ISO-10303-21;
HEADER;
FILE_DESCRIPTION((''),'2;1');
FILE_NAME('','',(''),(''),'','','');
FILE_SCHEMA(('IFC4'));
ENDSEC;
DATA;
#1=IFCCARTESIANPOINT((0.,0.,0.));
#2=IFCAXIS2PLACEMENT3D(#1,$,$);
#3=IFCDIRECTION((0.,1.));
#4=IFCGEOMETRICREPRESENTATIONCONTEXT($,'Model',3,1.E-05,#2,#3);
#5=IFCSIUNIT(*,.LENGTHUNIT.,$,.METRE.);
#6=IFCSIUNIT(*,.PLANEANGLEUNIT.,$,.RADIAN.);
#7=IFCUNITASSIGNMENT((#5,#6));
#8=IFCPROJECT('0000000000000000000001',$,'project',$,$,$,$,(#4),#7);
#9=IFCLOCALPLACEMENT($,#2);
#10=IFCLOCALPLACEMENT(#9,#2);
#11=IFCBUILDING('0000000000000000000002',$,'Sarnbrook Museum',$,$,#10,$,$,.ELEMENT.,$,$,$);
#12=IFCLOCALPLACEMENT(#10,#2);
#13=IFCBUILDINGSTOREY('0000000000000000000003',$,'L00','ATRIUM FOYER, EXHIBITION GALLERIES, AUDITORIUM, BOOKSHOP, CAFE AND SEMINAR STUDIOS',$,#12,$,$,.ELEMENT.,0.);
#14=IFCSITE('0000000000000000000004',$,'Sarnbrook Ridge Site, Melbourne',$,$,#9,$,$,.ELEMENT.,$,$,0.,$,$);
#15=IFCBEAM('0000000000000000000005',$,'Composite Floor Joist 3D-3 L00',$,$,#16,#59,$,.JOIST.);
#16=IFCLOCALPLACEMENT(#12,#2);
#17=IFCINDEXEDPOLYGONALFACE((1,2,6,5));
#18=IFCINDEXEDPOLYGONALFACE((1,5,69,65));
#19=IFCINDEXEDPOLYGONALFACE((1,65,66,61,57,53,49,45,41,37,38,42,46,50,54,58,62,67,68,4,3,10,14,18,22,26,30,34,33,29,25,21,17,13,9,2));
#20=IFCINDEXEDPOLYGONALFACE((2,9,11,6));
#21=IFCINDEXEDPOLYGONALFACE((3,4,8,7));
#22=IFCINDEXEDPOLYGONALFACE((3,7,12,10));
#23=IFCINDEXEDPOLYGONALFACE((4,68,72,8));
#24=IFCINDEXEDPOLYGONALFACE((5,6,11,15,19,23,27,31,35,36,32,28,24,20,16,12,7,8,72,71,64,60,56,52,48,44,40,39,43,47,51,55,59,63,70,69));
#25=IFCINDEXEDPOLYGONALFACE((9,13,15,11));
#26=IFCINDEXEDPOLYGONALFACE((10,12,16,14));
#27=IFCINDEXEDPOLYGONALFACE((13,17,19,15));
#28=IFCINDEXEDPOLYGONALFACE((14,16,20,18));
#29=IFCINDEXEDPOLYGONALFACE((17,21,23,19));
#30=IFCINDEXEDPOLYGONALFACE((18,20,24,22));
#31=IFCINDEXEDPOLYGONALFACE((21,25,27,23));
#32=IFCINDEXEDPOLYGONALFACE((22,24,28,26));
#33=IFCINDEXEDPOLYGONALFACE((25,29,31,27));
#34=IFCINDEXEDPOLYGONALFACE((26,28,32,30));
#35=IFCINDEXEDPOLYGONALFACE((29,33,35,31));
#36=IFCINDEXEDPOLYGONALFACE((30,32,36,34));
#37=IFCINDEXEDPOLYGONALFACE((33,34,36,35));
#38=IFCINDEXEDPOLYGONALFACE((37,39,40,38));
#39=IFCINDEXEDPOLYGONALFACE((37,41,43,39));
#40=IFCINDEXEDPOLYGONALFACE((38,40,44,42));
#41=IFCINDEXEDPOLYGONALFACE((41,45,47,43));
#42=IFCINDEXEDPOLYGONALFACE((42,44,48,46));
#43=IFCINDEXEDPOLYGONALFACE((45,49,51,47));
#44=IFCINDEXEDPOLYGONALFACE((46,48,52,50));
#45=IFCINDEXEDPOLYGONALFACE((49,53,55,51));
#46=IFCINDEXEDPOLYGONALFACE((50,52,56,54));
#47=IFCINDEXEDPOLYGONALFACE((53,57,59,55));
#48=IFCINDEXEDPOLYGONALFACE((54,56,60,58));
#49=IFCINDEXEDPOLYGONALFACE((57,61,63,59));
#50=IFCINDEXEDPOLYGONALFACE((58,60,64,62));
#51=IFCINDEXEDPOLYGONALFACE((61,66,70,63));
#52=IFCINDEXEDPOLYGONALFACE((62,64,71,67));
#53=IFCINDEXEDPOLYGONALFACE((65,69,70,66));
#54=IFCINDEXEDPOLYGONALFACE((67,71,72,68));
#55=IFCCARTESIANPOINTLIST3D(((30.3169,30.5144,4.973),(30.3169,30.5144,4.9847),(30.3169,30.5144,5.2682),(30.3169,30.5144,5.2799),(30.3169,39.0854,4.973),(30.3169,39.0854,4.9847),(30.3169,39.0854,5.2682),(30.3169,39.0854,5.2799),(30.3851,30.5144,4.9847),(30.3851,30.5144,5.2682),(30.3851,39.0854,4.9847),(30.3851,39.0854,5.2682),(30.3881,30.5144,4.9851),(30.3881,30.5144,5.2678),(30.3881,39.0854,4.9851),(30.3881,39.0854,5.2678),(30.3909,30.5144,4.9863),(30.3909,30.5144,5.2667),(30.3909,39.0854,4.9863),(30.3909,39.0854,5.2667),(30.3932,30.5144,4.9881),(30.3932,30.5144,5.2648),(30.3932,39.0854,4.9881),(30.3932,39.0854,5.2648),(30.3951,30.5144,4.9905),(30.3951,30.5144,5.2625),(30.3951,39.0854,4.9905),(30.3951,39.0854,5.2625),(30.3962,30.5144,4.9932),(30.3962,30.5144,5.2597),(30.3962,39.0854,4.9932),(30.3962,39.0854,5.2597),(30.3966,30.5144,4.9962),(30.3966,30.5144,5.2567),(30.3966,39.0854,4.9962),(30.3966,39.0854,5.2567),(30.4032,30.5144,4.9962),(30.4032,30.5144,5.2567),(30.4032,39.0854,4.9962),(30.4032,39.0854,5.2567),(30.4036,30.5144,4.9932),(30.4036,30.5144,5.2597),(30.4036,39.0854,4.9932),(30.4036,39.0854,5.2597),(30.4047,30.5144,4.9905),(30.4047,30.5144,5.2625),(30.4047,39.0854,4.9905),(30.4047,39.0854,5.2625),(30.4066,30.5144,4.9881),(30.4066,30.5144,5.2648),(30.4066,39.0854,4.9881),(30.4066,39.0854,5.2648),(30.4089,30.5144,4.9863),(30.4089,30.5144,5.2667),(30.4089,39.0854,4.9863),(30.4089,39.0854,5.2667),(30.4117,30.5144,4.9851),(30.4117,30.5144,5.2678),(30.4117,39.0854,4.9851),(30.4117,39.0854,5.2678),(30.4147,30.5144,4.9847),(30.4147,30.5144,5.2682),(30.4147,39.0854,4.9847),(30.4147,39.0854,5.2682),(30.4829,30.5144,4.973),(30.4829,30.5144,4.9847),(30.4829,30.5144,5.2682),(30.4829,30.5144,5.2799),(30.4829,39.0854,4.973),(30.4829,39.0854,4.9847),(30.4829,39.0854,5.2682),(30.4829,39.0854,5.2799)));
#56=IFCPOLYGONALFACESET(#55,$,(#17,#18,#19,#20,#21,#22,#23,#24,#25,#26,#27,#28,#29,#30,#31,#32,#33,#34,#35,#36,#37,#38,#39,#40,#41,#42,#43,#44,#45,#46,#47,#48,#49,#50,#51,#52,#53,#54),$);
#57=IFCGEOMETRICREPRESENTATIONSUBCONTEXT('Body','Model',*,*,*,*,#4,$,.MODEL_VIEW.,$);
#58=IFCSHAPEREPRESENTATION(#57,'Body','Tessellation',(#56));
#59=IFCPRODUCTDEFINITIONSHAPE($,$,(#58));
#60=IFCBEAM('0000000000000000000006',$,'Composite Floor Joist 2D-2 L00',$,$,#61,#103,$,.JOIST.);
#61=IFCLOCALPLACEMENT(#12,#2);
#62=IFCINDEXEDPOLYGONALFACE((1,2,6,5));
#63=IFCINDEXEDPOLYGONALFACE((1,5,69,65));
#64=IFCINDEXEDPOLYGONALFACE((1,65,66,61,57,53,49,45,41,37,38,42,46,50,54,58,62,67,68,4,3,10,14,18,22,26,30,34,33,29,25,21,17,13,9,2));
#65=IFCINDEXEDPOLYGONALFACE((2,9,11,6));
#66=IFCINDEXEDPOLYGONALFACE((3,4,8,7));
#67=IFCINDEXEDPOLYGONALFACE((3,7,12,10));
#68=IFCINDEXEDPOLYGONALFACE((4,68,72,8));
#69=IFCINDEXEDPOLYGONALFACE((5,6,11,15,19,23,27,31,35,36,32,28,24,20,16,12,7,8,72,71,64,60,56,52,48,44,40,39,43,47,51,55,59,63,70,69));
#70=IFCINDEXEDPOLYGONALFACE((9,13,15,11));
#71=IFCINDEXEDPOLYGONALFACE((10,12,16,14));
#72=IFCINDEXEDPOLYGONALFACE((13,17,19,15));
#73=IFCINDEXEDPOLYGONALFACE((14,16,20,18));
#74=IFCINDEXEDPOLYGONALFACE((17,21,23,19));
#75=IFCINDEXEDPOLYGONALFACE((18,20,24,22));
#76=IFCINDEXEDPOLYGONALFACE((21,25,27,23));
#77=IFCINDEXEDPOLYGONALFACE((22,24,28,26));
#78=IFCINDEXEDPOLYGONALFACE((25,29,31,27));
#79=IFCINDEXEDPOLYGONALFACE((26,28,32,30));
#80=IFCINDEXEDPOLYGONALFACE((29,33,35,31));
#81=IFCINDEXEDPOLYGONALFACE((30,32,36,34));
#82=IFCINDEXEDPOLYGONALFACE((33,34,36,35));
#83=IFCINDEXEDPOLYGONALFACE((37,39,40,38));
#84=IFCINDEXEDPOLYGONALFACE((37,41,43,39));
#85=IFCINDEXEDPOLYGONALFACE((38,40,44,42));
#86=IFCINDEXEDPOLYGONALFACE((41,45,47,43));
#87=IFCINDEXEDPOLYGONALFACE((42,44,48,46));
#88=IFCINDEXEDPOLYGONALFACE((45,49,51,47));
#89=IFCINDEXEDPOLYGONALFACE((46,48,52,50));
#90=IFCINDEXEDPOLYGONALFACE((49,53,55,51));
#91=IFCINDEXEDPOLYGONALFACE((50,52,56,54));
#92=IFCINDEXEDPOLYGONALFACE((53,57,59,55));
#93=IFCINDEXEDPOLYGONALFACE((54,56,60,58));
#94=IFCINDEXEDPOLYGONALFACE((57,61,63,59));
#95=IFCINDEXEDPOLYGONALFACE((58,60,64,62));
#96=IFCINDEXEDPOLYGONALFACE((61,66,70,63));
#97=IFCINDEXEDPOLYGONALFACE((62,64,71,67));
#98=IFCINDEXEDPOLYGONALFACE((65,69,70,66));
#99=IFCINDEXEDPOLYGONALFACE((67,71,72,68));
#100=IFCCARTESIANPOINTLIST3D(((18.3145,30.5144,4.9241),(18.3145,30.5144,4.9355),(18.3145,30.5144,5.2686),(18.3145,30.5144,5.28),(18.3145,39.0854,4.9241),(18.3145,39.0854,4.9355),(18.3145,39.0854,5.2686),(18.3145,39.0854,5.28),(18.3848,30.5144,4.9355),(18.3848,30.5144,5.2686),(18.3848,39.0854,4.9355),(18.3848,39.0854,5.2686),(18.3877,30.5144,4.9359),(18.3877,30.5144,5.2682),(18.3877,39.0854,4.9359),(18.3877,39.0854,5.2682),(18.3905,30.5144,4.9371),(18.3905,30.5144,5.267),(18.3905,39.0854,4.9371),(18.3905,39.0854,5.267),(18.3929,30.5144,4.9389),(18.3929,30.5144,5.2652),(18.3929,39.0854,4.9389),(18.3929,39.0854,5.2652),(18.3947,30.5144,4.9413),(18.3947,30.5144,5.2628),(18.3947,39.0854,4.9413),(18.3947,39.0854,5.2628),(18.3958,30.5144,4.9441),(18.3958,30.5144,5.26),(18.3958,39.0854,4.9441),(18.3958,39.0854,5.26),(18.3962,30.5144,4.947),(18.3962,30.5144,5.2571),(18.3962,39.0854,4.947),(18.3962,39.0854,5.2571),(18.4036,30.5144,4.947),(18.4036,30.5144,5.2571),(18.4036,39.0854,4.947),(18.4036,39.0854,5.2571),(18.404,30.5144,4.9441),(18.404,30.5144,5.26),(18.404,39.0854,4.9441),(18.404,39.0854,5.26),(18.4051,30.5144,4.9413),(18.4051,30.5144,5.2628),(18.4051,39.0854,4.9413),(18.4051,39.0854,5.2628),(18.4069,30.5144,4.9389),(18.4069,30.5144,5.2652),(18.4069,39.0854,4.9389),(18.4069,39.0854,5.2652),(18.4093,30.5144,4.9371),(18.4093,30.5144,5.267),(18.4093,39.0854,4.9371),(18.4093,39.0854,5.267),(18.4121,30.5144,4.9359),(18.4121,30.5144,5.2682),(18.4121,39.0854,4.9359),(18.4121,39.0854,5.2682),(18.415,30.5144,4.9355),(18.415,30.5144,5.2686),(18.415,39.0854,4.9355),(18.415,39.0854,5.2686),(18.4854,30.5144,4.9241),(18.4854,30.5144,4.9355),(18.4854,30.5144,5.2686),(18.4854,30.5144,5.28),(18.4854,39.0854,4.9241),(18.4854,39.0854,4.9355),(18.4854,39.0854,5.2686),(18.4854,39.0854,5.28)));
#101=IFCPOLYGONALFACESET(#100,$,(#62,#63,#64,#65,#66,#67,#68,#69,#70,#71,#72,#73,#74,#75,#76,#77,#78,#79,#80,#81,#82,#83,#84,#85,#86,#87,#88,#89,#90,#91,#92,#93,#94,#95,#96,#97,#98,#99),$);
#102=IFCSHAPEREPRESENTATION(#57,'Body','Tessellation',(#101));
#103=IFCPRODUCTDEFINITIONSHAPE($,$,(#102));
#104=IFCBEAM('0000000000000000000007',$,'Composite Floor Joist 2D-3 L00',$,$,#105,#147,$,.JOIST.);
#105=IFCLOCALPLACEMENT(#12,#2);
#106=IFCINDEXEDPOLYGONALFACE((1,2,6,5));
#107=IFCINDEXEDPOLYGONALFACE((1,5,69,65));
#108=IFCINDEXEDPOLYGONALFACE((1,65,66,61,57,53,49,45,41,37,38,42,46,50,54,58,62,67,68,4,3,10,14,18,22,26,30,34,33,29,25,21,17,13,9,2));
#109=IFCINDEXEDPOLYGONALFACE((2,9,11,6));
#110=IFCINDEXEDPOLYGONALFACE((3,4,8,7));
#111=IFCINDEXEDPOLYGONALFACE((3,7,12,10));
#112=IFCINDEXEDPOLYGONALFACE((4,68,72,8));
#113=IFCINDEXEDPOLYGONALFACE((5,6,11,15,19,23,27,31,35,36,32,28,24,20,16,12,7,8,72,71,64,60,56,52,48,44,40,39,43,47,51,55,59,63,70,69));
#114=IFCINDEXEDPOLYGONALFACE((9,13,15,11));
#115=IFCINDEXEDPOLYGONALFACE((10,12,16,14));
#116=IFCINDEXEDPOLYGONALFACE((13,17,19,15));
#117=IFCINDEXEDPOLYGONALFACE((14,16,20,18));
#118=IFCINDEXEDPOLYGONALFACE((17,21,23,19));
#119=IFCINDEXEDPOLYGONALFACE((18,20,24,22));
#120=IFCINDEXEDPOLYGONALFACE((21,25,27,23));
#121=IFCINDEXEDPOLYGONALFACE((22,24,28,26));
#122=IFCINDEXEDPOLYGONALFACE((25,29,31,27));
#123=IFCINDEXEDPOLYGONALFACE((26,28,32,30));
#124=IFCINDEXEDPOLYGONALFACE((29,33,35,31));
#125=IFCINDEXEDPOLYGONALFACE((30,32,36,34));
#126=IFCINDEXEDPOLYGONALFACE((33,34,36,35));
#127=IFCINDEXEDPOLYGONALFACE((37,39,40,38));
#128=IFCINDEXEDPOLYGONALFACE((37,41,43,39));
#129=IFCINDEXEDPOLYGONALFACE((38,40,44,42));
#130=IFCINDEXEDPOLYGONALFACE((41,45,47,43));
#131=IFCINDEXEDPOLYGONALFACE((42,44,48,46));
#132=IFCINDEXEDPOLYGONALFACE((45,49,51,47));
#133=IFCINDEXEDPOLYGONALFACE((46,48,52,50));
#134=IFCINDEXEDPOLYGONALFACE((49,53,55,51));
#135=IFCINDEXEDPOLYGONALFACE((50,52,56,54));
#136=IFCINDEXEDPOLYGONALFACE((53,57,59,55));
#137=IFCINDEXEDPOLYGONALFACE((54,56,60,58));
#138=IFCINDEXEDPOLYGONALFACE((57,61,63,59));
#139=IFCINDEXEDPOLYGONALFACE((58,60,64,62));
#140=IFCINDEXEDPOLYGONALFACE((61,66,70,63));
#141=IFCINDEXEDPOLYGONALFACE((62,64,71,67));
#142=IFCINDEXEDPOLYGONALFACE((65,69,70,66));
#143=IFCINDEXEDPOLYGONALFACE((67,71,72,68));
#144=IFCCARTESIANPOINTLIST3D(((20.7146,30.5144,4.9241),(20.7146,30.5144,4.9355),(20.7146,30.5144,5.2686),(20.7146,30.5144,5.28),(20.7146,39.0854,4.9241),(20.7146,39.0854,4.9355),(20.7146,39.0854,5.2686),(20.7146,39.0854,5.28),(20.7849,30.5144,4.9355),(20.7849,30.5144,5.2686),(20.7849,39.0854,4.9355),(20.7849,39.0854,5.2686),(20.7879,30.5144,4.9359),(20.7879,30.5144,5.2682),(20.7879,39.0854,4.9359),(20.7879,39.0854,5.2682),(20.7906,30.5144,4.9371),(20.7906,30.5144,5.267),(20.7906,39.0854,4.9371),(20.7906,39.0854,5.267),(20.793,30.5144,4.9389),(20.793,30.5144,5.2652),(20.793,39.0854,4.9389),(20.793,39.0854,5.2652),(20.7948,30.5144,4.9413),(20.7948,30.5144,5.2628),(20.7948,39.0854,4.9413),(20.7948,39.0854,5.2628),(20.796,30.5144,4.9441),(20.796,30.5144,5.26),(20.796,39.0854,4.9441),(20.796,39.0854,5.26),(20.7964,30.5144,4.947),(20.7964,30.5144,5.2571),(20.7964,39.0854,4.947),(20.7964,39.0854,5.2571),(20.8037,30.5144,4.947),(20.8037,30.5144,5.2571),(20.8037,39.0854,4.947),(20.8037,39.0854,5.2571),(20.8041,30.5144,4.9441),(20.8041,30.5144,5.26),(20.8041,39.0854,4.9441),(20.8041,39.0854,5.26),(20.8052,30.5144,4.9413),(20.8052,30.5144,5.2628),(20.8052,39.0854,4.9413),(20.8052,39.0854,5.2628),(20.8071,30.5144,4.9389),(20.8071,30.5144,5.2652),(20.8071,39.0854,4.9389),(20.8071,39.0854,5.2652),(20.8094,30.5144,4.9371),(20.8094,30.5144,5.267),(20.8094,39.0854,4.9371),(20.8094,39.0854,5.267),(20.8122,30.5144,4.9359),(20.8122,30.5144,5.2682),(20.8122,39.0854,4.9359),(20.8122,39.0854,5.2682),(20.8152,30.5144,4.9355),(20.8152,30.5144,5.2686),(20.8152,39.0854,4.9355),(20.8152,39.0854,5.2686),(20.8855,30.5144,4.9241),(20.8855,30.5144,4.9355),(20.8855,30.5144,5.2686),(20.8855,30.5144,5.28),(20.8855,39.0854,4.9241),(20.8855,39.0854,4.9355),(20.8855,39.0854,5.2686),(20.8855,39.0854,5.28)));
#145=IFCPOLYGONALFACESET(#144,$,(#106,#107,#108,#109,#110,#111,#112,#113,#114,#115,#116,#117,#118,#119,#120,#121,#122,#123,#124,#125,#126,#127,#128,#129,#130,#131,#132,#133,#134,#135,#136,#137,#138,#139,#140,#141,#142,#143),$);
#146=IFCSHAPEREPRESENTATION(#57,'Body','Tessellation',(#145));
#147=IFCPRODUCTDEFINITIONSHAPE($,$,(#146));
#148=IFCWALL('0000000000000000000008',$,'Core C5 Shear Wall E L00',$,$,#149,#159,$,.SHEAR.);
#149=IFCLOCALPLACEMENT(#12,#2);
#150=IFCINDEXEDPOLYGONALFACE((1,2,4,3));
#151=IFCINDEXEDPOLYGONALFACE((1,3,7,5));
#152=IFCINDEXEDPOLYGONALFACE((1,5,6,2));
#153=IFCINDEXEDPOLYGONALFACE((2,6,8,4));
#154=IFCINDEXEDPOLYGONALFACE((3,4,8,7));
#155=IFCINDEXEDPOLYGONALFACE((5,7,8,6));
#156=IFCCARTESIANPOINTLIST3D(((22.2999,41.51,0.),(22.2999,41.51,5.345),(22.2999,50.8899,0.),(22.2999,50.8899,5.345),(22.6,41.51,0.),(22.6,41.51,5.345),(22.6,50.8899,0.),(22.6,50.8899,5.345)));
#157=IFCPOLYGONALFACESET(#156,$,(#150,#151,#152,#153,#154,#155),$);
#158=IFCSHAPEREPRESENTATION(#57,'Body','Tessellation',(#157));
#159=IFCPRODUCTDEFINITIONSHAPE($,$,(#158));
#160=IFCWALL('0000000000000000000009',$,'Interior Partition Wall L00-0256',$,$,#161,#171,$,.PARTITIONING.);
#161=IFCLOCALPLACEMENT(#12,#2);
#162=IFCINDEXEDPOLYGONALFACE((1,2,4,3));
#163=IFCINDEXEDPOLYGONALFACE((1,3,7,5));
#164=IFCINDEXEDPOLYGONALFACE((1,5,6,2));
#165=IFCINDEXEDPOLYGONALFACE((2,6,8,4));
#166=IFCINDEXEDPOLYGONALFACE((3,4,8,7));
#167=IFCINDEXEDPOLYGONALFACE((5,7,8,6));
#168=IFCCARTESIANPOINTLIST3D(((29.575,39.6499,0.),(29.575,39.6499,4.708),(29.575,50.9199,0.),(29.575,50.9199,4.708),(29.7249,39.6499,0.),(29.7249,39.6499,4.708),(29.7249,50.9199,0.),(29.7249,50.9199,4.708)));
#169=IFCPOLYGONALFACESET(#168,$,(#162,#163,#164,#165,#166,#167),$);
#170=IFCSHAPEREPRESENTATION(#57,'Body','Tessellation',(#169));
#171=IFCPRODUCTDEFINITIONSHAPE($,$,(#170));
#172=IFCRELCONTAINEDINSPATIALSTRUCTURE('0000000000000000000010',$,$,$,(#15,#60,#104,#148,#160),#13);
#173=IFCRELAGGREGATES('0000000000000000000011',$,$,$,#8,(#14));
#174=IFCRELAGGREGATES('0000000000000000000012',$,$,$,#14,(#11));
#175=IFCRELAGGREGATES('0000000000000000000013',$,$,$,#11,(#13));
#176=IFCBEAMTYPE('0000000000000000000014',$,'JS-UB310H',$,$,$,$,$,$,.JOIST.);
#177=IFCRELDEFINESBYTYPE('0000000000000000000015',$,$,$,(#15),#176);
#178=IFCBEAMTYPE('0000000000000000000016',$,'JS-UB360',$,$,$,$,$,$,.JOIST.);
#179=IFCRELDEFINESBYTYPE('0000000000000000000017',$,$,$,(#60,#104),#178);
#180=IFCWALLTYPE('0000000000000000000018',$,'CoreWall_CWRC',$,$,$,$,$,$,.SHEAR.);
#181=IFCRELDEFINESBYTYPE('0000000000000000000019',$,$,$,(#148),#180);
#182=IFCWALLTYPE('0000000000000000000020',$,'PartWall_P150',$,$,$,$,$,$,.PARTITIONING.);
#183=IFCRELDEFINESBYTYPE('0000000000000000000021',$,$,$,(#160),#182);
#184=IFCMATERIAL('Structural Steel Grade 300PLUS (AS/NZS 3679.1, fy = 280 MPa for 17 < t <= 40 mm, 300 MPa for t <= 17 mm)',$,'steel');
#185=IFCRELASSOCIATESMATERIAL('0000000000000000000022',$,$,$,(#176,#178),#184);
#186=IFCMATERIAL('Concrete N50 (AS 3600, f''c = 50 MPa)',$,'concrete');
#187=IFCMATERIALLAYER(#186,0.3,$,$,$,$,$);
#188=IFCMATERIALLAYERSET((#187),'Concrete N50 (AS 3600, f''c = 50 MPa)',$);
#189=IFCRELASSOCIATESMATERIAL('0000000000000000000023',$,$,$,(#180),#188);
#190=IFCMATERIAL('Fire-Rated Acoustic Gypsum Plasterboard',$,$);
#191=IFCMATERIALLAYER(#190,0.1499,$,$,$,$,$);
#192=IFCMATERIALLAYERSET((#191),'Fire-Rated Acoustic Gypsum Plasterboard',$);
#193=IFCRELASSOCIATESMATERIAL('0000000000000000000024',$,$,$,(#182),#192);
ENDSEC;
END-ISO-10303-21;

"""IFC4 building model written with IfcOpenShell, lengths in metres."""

from ifc_helpers import new_model, si_unit, direction, frame, frame_2d, origin, origin_2d, place, context, subcontext, project, spatial, rectangle, i_section, extrude, material, layer, layer_set, material_profile, profile_set, type_object, element, save


model = new_model("IFC4")

# Units and contexts
model_context = context("Model", 3, precision=1e-05, world=origin(), true_north=direction((0.0, 1.0)))
body_context = subcontext(model_context, "Body", "Model", "MODEL_VIEW")
ifc_project = project(units=[si_unit("LENGTHUNIT", "METRE"), si_unit("PLANEANGLEUNIT", "RADIAN")], contexts=[model_context])

# Site, building, storey
site_placement = place(None, origin())
site = spatial("IfcSite", under=ifc_project, at=site_placement, Name="Sarnbrook Ridge Site, Melbourne", CompositionType="ELEMENT", RefElevation=0.0)
building_placement = place(site_placement, origin())
building = spatial("IfcBuilding", under=site, at=building_placement, Name="Sarnbrook Museum", CompositionType="ELEMENT")
storey_placement = place(building_placement, origin())
storey = spatial("IfcBuildingStorey", under=building, at=storey_placement, Name="L00", Description="ATRIUM FOYER, EXHIBITION GALLERIES, AUDITORIUM, BOOKSHOP, CAFE AND SEMINAR STUDIOS", CompositionType="ELEMENT", Elevation=0.0)

# Shared definitions
ifc_material_1 = material(Name="Structural Steel Grade 300PLUS (AS/NZS 3679.1, fy = 280 MPa for 17 < t <= 40 mm, 300 MPa for t <= 17 mm)", Category="steel")

# Beams
ifc_material_profile_1 = material_profile(ifc_material_1, i_section(OverallWidth=0.166, OverallDepth=0.3069, WebThickness=0.0066, FlangeThickness=0.0117, FilletRadius=0.0115, at=origin_2d()), Name="310UB46.2")
ifc_profile_set_1 = profile_set([ifc_material_profile_1], Name="Structural Steel Grade 300PLUS (AS/NZS 3679.1, fy = 280 MPa for 17 < t <= 40 mm, 300 MPa for t <= 17 mm)")
beam_type_1 = type_object("IfcBeamType", Name="JS-UB310H", PredefinedType="JOIST", material=ifc_profile_set_1)
for number, where, z_axis, x_axis, name in (
    (1, (30.3999, 30.5144, 5.1265), (0.0, 1.0, 0.0), (-1.0, 0.0, 0.0), "Composite Floor Joist 3D-3 L00"),
):
    element("IfcBeam", number, at=place(storey_placement, frame(where, z_axis=z_axis, x_axis=x_axis)), inside=storey, type_object=beam_type_1, Name=name, PredefinedType="JOIST", context=body_context, shape_type="SweptSolid", body=[
        extrude(i_section(OverallWidth=0.166, OverallDepth=0.3069, WebThickness=0.0066, FlangeThickness=0.0117, FilletRadius=0.0115, at=origin_2d()), origin(), (0.0, 0.0, 1.0), 8.571),
    ])
ifc_material_profile_2 = material_profile(ifc_material_1, i_section(OverallWidth=0.1709, OverallDepth=0.356, WebThickness=0.0073, FlangeThickness=0.0115, FilletRadius=0.0115, at=origin_2d()), Name="360UB50.7")
ifc_profile_set_2 = profile_set([ifc_material_profile_2], Name="Structural Steel Grade 300PLUS (AS/NZS 3679.1, fy = 280 MPa for 17 < t <= 40 mm, 300 MPa for t <= 17 mm)")
beam_type_2 = type_object("IfcBeamType", Name="JS-UB360", PredefinedType="JOIST", material=ifc_profile_set_2)
for number, where, z_axis, x_axis, name in (
    (2, (18.3999, 30.5144, 5.1021), (0.0, 1.0, 0.0), (-1.0, 0.0, 0.0), "Composite Floor Joist 2D-2 L00"),
    (3, (20.8, 30.5144, 5.1021), (0.0, 1.0, 0.0), (-1.0, 0.0, 0.0), "Composite Floor Joist 2D-3 L00"),
):
    element("IfcBeam", number, at=place(storey_placement, frame(where, z_axis=z_axis, x_axis=x_axis)), inside=storey, type_object=beam_type_2, Name=name, PredefinedType="JOIST", context=body_context, shape_type="SweptSolid", body=[
        extrude(i_section(OverallWidth=0.1709, OverallDepth=0.356, WebThickness=0.0073, FlangeThickness=0.0115, FilletRadius=0.0115, at=origin_2d()), origin(), (0.0, 0.0, 1.0), 8.571),
    ])

# Walls
ifc_material_2 = material(Name="Concrete N50 (AS 3600, f'c = 50 MPa)", Category="concrete")
ifc_layer_1 = layer(ifc_material_2, 0.3)
ifc_layer_set_1 = layer_set([ifc_layer_1], Name="Concrete N50 (AS 3600, f'c = 50 MPa)")
wall_type_1 = type_object("IfcWallType", Name="CoreWall_CWRC", PredefinedType="SHEAR", material=ifc_layer_set_1)
wall_1_placement = place(storey_placement, frame((22.45, 41.51, 0.0), z_axis=(0.0, 0.0, 1.0), x_axis=(0.0, 1.0, 0.0)))
element("IfcWall", 4, at=wall_1_placement, inside=storey, type_object=wall_type_1, Name="Core C5 Shear Wall E L00", PredefinedType="SHEAR", context=body_context, shape_type="SweptSolid", body=[
    extrude(rectangle(XDim=9.3799, YDim=0.3, at=frame_2d((4.6899, 0.0))), origin(), (0.0, 0.0, 1.0), 5.345),
])
ifc_material_3 = material(Name="Fire-Rated Acoustic Gypsum Plasterboard")
ifc_layer_2 = layer(ifc_material_3, 0.1499)
ifc_layer_set_2 = layer_set([ifc_layer_2], Name="Fire-Rated Acoustic Gypsum Plasterboard")
wall_type_2 = type_object("IfcWallType", Name="PartWall_P150", PredefinedType="PARTITIONING", material=ifc_layer_set_2)
wall_2_placement = place(storey_placement, frame((29.6499, 39.6499, 0.0), z_axis=(0.0, 0.0, 1.0), x_axis=(0.0, 1.0, 0.0)))
element("IfcWall", 5, at=wall_2_placement, inside=storey, type_object=wall_type_2, Name="Interior Partition Wall L00-0256", PredefinedType="PARTITIONING", context=body_context, shape_type="SweptSolid", body=[
    extrude(rectangle(XDim=11.27, YDim=0.1499, at=frame_2d((5.635, 0.0))), origin(), (0.0, 0.0, 1.0), 4.708),
])

save(model, "model.ifc")
